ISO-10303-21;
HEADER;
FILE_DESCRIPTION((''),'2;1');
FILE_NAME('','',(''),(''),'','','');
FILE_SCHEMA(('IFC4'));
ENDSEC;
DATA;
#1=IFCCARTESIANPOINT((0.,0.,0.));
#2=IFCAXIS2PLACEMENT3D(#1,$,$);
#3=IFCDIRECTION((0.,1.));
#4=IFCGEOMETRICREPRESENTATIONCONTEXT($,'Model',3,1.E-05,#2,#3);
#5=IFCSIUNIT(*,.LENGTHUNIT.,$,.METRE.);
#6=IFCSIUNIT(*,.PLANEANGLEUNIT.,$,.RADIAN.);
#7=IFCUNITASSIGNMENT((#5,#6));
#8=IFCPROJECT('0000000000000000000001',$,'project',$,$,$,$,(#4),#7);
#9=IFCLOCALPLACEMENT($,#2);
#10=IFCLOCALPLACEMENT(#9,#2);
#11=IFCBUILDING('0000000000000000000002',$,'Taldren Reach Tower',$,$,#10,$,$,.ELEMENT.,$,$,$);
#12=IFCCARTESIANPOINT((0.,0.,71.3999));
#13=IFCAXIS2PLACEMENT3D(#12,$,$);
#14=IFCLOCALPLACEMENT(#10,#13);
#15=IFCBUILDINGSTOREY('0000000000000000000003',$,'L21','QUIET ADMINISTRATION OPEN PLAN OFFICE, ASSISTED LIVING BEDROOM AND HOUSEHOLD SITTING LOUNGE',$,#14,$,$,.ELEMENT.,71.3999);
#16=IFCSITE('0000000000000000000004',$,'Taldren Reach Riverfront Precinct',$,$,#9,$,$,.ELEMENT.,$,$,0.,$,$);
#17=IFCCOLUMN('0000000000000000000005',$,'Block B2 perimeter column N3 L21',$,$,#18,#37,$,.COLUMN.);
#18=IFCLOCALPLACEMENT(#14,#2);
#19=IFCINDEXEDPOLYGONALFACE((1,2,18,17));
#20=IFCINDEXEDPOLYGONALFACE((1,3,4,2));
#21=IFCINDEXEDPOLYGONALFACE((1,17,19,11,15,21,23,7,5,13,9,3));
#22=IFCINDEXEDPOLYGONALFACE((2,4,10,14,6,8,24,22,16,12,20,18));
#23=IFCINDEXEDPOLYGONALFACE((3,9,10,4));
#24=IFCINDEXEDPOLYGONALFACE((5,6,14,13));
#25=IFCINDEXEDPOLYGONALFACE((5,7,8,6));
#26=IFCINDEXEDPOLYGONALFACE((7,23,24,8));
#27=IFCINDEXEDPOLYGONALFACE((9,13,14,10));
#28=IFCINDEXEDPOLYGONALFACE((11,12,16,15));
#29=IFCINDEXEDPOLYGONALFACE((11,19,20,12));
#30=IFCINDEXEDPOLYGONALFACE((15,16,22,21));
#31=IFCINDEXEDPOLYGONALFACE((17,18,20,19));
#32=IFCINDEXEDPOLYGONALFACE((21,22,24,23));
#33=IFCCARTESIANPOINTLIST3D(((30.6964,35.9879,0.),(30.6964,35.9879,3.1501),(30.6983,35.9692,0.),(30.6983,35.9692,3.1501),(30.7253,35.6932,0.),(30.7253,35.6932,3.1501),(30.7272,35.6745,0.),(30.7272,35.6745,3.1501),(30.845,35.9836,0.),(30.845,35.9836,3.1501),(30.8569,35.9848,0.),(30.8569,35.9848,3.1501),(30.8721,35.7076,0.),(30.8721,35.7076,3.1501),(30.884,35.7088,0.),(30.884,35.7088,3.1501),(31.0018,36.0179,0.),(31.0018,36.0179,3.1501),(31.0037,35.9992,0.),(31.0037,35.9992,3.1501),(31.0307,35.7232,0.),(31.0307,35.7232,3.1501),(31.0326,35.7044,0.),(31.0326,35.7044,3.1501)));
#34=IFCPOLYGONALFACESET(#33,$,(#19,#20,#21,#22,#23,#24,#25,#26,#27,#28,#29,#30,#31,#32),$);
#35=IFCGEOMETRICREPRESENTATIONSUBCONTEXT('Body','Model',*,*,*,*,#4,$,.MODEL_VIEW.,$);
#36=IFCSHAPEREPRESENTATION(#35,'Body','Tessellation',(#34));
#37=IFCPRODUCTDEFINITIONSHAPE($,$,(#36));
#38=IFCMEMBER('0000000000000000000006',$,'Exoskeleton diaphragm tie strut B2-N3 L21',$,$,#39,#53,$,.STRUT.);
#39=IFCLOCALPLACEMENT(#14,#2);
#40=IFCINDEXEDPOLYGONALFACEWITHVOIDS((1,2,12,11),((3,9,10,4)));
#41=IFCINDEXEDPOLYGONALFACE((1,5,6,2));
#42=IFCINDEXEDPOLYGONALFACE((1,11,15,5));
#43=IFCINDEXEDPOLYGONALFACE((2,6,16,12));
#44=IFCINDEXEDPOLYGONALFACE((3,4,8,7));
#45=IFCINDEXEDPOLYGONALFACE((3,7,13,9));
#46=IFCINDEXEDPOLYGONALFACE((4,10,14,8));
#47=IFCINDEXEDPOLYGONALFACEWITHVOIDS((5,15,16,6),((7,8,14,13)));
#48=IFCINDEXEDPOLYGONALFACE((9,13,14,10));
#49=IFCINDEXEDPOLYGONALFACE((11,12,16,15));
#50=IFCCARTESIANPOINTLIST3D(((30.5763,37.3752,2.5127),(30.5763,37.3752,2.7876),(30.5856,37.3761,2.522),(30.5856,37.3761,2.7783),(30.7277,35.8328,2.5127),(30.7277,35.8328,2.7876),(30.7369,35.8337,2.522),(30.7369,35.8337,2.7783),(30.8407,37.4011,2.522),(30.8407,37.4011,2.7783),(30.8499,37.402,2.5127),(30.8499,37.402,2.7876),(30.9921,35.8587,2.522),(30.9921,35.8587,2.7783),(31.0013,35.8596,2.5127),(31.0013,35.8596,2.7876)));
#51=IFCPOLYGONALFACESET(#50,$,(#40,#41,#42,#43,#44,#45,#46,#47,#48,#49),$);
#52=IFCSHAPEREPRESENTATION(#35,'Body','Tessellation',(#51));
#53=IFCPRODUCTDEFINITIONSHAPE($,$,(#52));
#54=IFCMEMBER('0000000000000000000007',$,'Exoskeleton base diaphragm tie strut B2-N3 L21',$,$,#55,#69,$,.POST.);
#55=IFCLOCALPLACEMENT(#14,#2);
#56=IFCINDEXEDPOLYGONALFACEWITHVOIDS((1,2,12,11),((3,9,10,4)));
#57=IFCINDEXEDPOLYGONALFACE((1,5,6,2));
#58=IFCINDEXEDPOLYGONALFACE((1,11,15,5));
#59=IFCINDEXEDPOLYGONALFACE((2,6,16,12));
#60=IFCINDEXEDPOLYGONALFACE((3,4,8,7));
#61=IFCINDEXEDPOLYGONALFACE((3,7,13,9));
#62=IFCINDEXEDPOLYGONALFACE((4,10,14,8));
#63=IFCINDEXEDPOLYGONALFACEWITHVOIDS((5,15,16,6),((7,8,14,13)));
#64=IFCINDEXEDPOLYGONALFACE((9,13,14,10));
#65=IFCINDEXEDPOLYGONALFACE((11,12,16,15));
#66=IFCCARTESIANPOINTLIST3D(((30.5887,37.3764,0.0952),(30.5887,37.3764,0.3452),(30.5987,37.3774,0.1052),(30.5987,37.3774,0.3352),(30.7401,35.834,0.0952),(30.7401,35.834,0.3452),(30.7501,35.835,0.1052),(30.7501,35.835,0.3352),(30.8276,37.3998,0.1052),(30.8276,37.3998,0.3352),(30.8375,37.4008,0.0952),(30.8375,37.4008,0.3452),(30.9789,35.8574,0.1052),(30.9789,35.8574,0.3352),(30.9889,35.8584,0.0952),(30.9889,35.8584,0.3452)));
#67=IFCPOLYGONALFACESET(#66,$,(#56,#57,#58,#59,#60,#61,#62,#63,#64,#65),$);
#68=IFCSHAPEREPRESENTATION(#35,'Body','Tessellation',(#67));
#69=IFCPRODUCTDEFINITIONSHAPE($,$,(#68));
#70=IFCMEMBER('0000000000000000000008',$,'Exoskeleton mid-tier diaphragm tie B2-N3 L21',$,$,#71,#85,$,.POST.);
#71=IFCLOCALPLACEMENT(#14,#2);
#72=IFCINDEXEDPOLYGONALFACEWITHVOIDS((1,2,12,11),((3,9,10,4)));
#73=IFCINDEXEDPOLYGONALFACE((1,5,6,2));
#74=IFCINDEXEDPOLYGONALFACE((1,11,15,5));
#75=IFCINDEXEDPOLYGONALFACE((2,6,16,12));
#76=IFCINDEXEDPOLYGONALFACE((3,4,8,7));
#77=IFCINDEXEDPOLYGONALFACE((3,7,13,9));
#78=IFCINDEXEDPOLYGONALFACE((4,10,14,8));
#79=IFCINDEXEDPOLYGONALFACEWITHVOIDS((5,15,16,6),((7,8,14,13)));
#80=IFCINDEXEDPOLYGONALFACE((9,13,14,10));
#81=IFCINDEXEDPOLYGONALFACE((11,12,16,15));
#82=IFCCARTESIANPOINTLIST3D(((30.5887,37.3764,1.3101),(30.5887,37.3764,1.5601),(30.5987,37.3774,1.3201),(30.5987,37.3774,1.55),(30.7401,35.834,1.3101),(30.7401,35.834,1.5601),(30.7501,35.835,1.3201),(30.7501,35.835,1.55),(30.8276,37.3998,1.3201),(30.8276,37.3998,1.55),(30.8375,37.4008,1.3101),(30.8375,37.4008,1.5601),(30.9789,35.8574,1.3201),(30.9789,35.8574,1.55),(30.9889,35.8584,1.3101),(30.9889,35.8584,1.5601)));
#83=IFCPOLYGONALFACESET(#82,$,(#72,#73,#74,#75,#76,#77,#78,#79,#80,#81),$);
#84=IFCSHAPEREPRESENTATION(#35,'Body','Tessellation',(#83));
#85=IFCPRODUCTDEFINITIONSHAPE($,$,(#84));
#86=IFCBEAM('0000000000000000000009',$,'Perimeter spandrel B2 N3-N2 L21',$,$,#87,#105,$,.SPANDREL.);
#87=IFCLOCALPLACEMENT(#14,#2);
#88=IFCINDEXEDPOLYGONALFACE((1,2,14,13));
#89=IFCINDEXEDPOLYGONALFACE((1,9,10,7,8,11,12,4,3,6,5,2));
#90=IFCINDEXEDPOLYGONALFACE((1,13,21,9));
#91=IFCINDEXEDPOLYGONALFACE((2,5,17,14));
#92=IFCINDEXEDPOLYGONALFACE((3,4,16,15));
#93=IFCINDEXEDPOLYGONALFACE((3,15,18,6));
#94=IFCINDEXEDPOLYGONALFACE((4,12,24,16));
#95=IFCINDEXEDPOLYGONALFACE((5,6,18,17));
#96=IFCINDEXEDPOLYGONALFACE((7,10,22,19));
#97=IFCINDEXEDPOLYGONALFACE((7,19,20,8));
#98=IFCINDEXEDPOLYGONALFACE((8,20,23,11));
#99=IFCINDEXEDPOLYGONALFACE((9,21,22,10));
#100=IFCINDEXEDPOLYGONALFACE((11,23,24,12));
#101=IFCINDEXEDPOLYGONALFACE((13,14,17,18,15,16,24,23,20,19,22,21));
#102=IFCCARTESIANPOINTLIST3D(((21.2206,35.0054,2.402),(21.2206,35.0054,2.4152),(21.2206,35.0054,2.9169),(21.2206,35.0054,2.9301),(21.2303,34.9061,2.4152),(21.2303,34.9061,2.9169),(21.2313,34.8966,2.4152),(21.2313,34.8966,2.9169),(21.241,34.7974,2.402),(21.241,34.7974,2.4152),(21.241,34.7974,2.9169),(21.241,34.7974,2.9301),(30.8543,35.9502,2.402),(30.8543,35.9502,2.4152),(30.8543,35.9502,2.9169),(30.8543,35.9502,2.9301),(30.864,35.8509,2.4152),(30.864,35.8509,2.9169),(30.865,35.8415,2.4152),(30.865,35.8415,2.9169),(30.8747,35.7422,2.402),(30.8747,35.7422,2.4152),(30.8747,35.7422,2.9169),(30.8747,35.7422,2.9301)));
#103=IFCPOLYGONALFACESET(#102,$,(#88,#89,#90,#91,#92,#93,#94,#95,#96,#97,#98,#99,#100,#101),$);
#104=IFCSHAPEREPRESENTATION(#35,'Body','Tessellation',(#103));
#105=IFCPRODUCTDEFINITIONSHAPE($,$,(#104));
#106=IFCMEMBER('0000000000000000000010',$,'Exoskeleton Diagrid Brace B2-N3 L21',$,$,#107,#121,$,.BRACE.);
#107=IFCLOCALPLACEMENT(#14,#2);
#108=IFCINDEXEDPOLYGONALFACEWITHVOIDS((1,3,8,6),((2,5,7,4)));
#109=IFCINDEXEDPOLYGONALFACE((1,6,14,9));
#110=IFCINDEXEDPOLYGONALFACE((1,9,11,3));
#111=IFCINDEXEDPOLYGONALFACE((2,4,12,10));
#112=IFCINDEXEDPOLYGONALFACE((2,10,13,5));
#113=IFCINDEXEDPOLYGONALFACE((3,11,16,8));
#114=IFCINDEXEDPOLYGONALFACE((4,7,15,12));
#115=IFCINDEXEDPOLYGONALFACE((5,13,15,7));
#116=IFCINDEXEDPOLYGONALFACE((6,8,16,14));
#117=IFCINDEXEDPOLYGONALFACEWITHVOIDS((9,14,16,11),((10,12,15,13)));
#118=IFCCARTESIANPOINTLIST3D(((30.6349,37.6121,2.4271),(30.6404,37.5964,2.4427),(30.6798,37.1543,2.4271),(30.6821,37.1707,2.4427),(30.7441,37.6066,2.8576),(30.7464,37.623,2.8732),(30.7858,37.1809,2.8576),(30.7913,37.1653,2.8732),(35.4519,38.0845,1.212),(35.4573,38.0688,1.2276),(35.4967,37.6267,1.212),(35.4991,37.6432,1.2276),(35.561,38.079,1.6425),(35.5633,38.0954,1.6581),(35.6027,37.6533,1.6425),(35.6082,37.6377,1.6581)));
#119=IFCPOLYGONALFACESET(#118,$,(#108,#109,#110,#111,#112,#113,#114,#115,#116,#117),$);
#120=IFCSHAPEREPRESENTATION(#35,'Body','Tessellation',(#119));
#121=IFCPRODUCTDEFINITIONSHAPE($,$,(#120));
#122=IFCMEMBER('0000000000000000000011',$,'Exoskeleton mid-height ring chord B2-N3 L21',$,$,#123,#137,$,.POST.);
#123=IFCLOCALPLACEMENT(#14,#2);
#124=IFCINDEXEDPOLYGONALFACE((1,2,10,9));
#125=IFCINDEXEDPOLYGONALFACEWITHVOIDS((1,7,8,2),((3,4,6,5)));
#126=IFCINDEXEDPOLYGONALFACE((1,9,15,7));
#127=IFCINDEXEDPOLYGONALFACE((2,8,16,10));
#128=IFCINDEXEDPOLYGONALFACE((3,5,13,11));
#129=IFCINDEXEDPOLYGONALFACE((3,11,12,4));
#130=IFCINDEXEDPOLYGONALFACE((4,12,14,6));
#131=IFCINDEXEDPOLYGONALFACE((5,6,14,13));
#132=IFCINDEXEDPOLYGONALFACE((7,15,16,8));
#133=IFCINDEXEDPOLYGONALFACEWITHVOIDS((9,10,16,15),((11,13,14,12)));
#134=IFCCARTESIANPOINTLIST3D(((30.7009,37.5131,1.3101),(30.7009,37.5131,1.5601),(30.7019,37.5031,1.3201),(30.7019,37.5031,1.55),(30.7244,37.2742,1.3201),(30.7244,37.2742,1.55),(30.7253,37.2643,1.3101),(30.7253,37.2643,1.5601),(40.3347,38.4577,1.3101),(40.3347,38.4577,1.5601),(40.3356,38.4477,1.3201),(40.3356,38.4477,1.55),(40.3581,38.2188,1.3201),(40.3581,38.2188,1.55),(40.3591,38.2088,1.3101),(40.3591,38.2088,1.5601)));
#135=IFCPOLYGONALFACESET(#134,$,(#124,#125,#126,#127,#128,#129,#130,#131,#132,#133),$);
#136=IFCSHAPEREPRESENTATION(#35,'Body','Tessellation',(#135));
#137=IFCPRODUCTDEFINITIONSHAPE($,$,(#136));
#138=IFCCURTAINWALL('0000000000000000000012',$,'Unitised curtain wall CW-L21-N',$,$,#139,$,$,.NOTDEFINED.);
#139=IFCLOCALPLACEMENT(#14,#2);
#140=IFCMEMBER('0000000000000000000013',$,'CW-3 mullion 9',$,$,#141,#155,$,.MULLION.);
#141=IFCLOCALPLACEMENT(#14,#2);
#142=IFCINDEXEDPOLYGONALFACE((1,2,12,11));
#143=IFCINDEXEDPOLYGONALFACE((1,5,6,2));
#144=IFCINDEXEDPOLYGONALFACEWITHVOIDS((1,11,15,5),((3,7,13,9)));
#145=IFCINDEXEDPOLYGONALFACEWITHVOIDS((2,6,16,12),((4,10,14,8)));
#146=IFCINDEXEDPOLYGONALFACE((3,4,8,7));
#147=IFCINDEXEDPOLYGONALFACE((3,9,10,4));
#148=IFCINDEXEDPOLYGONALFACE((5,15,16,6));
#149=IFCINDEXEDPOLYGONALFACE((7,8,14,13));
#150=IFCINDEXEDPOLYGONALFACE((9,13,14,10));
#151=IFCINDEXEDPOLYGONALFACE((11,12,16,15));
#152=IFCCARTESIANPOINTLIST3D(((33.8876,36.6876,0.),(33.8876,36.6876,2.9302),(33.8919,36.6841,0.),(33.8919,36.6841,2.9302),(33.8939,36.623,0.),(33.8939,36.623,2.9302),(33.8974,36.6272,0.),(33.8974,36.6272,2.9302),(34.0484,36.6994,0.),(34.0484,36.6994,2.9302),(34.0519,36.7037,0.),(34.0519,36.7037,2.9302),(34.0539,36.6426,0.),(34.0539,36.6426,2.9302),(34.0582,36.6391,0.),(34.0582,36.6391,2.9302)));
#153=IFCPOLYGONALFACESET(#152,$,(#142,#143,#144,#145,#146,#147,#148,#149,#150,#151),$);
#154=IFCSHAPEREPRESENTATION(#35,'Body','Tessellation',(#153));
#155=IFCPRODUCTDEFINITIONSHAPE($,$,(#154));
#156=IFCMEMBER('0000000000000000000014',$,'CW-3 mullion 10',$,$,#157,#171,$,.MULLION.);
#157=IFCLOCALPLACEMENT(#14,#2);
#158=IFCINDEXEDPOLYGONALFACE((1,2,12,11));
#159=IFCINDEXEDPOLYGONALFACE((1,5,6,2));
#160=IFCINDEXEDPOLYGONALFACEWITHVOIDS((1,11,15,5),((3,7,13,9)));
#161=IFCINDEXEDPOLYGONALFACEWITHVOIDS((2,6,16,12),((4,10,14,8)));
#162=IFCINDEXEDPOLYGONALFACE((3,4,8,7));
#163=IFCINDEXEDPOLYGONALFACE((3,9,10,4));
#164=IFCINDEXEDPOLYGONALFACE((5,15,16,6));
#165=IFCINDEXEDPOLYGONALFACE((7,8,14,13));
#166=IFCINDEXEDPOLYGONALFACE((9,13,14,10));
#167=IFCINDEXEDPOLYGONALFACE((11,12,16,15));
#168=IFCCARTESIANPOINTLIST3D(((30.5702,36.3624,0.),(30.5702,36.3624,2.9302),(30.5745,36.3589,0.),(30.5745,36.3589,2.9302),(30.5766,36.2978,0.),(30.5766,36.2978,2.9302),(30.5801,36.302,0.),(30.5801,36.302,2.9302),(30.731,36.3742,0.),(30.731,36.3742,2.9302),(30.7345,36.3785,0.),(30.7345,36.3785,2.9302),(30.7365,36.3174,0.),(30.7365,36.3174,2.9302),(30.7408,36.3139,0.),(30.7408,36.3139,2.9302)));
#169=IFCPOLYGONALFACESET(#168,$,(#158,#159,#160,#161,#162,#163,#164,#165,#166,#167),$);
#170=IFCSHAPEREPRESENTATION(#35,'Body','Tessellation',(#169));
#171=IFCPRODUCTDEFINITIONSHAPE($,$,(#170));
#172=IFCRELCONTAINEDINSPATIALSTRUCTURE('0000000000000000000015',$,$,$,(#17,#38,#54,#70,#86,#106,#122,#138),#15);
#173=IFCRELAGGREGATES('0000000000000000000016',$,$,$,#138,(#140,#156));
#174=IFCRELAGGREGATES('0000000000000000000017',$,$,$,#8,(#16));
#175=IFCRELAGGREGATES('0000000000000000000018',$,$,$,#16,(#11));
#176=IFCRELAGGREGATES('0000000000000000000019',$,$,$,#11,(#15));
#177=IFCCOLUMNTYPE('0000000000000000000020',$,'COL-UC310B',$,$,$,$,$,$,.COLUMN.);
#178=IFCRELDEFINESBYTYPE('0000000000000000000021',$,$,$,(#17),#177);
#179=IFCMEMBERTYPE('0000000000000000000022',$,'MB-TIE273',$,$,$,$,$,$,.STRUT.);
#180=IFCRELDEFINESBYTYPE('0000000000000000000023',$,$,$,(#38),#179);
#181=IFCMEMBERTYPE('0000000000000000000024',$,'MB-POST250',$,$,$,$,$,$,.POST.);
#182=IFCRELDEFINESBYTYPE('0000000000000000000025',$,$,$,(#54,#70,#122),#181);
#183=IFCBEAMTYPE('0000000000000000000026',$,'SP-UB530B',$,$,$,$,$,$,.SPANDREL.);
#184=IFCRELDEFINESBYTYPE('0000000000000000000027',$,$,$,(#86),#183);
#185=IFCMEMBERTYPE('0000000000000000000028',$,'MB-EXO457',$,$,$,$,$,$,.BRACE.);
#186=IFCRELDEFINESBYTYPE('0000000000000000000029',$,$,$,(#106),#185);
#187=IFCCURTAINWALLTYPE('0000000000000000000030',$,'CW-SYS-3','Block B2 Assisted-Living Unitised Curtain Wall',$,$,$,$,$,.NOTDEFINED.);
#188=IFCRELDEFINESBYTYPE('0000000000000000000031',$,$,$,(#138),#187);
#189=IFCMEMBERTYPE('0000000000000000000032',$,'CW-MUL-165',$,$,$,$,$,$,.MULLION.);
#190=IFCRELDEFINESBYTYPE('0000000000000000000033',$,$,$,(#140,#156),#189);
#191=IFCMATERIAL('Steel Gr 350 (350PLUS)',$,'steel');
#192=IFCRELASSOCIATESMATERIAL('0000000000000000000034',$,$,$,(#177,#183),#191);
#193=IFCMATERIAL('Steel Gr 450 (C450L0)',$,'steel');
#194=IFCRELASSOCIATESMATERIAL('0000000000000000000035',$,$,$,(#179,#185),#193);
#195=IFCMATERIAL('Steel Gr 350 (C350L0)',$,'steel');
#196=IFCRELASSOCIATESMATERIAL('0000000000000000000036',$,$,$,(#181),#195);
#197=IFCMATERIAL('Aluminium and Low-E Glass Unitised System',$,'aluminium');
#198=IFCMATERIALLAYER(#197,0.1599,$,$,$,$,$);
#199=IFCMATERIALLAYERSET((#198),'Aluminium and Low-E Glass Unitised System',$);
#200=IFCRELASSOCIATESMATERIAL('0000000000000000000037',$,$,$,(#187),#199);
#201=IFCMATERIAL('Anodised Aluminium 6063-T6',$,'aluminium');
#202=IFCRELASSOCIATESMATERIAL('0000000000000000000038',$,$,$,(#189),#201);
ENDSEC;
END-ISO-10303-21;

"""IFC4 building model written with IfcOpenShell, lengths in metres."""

from ifc_helpers import new_model, si_unit, direction, frame, origin, origin_2d, place, context, subcontext, project, spatial, hollow_rectangle, i_section, extrude, source, transform, mapped, material, layer, layer_set, material_profile, profile_set, type_object, element, aggregate, save


model = new_model("IFC4")

# Units and contexts
model_context = context("Model", 3, precision=1e-05, world=origin(), true_north=direction((0.0, 1.0)))
body_context = subcontext(model_context, "Body", "Model", "MODEL_VIEW")
ifc_project = project(units=[si_unit("LENGTHUNIT", "METRE"), si_unit("PLANEANGLEUNIT", "RADIAN")], contexts=[model_context])

# Site, building, storey
site_placement = place(None, origin())
site = spatial("IfcSite", under=ifc_project, at=site_placement, Name="Taldren Reach Riverfront Precinct", CompositionType="ELEMENT", RefElevation=0.0)
building_placement = place(site_placement, origin())
building = spatial("IfcBuilding", under=site, at=building_placement, Name="Taldren Reach Tower", CompositionType="ELEMENT")
storey_placement = place(building_placement, frame((0.0, 0.0, 71.3999)))
storey = spatial("IfcBuildingStorey", under=building, at=storey_placement, Name="L21", Description="QUIET ADMINISTRATION OPEN PLAN OFFICE, ASSISTED LIVING BEDROOM AND HOUSEHOLD SITTING LOUNGE", CompositionType="ELEMENT", Elevation=71.3999)

# Column
ifc_material_1 = material(Name="Steel Gr 350 (350PLUS)", Category="steel")
ifc_material_profile_1 = material_profile(ifc_material_1, i_section(OverallWidth=0.3069, OverallDepth=0.3149, WebThickness=0.012, FlangeThickness=0.0188, at=origin_2d()), Name="310UC118")
ifc_profile_set_1 = profile_set([ifc_material_profile_1], Name="Steel Gr 350 (350PLUS)")
column_type = type_object("IfcColumnType", Name="COL-UC310B", PredefinedType="COLUMN", material=ifc_profile_set_1)
shared_shape_1 = source(origin(), body_context, "Body", "SweptSolid", [
    extrude(i_section(OverallWidth=0.3069, OverallDepth=0.3149, WebThickness=0.012, FlangeThickness=0.0188, at=origin_2d()), origin(), (0.0, 0.0, 1.0), 3.1501),
])
column_placement = place(storey_placement, frame((30.8645, 35.8462, 0.0), z_axis=(0.0, 0.0, 1.0), x_axis=(0.995227, 0.097583, 0.0)))
element("IfcColumn", 1, at=column_placement, inside=storey, type_object=column_type, Name="Block B2 perimeter column N3 L21", PredefinedType="COLUMN", context=body_context, shape_type="MappedRepresentation", body=[
    mapped(shared_shape_1, transform((0.0, 0.0, 0.0), scale=1.0)),
])

# Members
ifc_material_2 = material(Name="Steel Gr 450 (C450L0)", Category="steel")
ifc_material_profile_2 = material_profile(ifc_material_2, hollow_rectangle(XDim=0.2749, YDim=0.2749, WallThickness=0.0093, at=origin_2d()), Name="275x275x9.3SHS")
ifc_profile_set_2 = profile_set([ifc_material_profile_2], Name="Steel Gr 450 (C450L0)")
member_type_1 = type_object("IfcMemberType", Name="MB-TIE273", PredefinedType="STRUT", material=ifc_profile_set_2)
shared_shape_2 = source(origin(), body_context, "Body", "SweptSolid", [
    extrude(hollow_rectangle(XDim=0.2749, YDim=0.2749, WallThickness=0.0093, at=origin_2d()), origin(), (0.0, 0.0, 1.0), 1.5498),
])
member_1_placement = place(storey_placement, frame((30.8645, 35.8462, 2.6501), z_axis=(-0.097663, 0.99522, 0.0), x_axis=(-0.99522, -0.097663, 0.0)))
element("IfcMember", 2, at=member_1_placement, inside=storey, type_object=member_type_1, Name="Exoskeleton diaphragm tie strut B2-N3 L21", PredefinedType="STRUT", context=body_context, shape_type="MappedRepresentation", body=[
    mapped(shared_shape_2, transform((0.0, 0.0, 0.0), scale=1.0)),
])
ifc_material_3 = material(Name="Steel Gr 350 (C350L0)", Category="steel")
ifc_material_profile_3 = material_profile(ifc_material_3, hollow_rectangle(XDim=0.25, YDim=0.25, WallThickness=0.01, at=origin_2d()), Name="250x250x10.0SHS")
ifc_profile_set_3 = profile_set([ifc_material_profile_3], Name="Steel Gr 350 (C350L0)")
member_type_2 = type_object("IfcMemberType", Name="MB-POST250", PredefinedType="POST", material=ifc_profile_set_3)
shared_shape_3 = source(origin(), body_context, "Body", "SweptSolid", [
    extrude(hollow_rectangle(XDim=0.25, YDim=0.25, WallThickness=0.01, at=origin_2d()), origin(), (0.0, 0.0, 1.0), 1.5498),
])
for number, where, z_axis, x_axis, name in (
    (3, (30.8645, 35.8462, 0.2202), (-0.097663, 0.99522, 0.0), (-0.99522, -0.097663, 0.0), "Exoskeleton base diaphragm tie strut B2-N3 L21"),
    (4, (30.8645, 35.8462, 1.4351), (-0.097663, 0.99522, 0.0), (-0.99522, -0.097663, 0.0), "Exoskeleton mid-tier diaphragm tie B2-N3 L21"),
):
    element("IfcMember", number, at=place(storey_placement, frame(where, z_axis=z_axis, x_axis=x_axis)), inside=storey, type_object=member_type_2, Name=name, PredefinedType="POST", context=body_context, shape_type="MappedRepresentation", body=[
        mapped(shared_shape_3, transform((0.0, 0.0, 0.0), scale=1.0)),
    ])

# Beam
ifc_material_profile_4 = material_profile(ifc_material_1, i_section(OverallWidth=0.209, OverallDepth=0.5281, WebThickness=0.0095, FlangeThickness=0.0132, at=origin_2d()), Name="530UB82.0")
ifc_profile_set_4 = profile_set([ifc_material_profile_4], Name="Steel Gr 350 (350PLUS)")
beam_type = type_object("IfcBeamType", Name="SP-UB530B", PredefinedType="SPANDREL", material=ifc_profile_set_4)
shared_shape_4 = source(origin(), body_context, "Body", "SweptSolid", [
    extrude(i_section(OverallWidth=0.209, OverallDepth=0.5281, WebThickness=0.0095, FlangeThickness=0.0132, at=origin_2d()), origin(), (0.0, 0.0, 1.0), 9.6799),
])
beam_placement = place(storey_placement, frame((30.8645, 35.8462, 2.666), z_axis=(-0.995225, -0.097606, 0.0), x_axis=(0.097606, -0.995225, 0.0)))
element("IfcBeam", 5, at=beam_placement, inside=storey, type_object=beam_type, Name="Perimeter spandrel B2 N3-N2 L21", PredefinedType="SPANDREL", context=body_context, shape_type="MappedRepresentation", body=[
    mapped(shared_shape_4, transform((0.0, 0.0, 0.0), scale=1.0)),
])

# Members
ifc_material_profile_5 = material_profile(ifc_material_2, hollow_rectangle(XDim=0.46, YDim=0.46, WallThickness=0.0161, at=origin_2d()), Name="460x460x16.0SHS")
ifc_profile_set_5 = profile_set([ifc_material_profile_5], Name="Steel Gr 450 (C450L0)")
member_type_3 = type_object("IfcMemberType", Name="MB-EXO457", PredefinedType="BRACE", material=ifc_profile_set_5)
shared_shape_5 = source(origin(), body_context, "Body", "SweptSolid", [
    extrude(hollow_rectangle(XDim=0.46, YDim=0.46, WallThickness=0.0161, at=origin_2d()), origin(), (0.0, 0.0, 1.0), 4.9902),
])
member_2_placement = place(storey_placement, frame((35.53, 37.8611, 1.4351), z_axis=(-0.965271, -0.094668, 0.243495), x_axis=(0.097606, -0.995225, 0.0)))
element("IfcMember", 6, at=member_2_placement, inside=storey, type_object=member_type_3, Name="Exoskeleton Diagrid Brace B2-N3 L21", PredefinedType="BRACE", context=body_context, shape_type="MappedRepresentation", body=[
    mapped(shared_shape_5, transform((0.0, 0.0, 0.0), scale=1.0)),
])
shared_shape_6 = source(origin(), body_context, "Body", "SweptSolid", [
    extrude(hollow_rectangle(XDim=0.25, YDim=0.25, WallThickness=0.01, at=origin_2d()), origin(), (0.0, 0.0, 1.0), 9.6799),
])
member_3_placement = place(storey_placement, frame((30.7131, 37.3887, 1.4351), z_axis=(0.995228, 0.097581, 0.0), x_axis=(-0.097581, 0.995228, 0.0)))
element("IfcMember", 7, at=member_3_placement, inside=storey, type_object=member_type_2, Name="Exoskeleton mid-height ring chord B2-N3 L21", PredefinedType="POST", context=body_context, shape_type="MappedRepresentation", body=[
    mapped(shared_shape_6, transform((0.0, 0.0, 0.0), scale=1.0)),
])

# Curtain wall, members
ifc_material_4 = material(Name="Aluminium and Low-E Glass Unitised System", Category="aluminium")
ifc_layer_1 = layer(ifc_material_4, 0.1599)
ifc_layer_set_1 = layer_set([ifc_layer_1], Name="Aluminium and Low-E Glass Unitised System")
curtain_wall_type = type_object("IfcCurtainWallType", Name="CW-SYS-3", Description="Block B2 Assisted-Living Unitised Curtain Wall", PredefinedType="NOTDEFINED", material=ifc_layer_set_1)
curtain_wall_placement = place(storey_placement, origin())
curtain_wall = element("IfcCurtainWall", 8, at=curtain_wall_placement, inside=storey, type_object=curtain_wall_type, Name="Unitised curtain wall CW-L21-N", PredefinedType="NOTDEFINED")
ifc_material_5 = material(Name="Anodised Aluminium 6063-T6", Category="aluminium")
ifc_material_profile_6 = material_profile(ifc_material_5, hollow_rectangle(XDim=0.0649, YDim=0.165, WallThickness=0.0039, at=origin_2d()), Name="ALU-165x65x4RHS")
ifc_profile_set_6 = profile_set([ifc_material_profile_6], Name="Anodised Aluminium 6063-T6")
member_type_4 = type_object("IfcMemberType", Name="CW-MUL-165", PredefinedType="MULLION", material=ifc_profile_set_6)
shared_shape_7 = source(origin(), body_context, "Body", "SweptSolid", [
    extrude(hollow_rectangle(XDim=0.0649, YDim=0.165, WallThickness=0.0039, at=origin_2d()), origin(), (0.0, 0.0, 1.0), 2.9302),
])
member_4_placement = place(storey_placement, frame((33.9729, 36.6633, 0.0), z_axis=(0.0, 0.0, 1.0), x_axis=(0.097583, -0.995227, 0.0)))
member_4 = element("IfcMember", 9, at=member_4_placement, type_object=member_type_4, Name="CW-3 mullion 9", PredefinedType="MULLION", context=body_context, shape_type="MappedRepresentation", body=[
    mapped(shared_shape_7, transform((0.0, 0.0, 0.0), scale=1.0)),
])
member_5_placement = place(storey_placement, frame((30.6555, 36.3381, 0.0), z_axis=(0.0, 0.0, 1.0), x_axis=(0.097583, -0.995227, 0.0)))
member_5 = element("IfcMember", 10, at=member_5_placement, type_object=member_type_4, Name="CW-3 mullion 10", PredefinedType="MULLION", context=body_context, shape_type="MappedRepresentation", body=[
    mapped(shared_shape_7, transform((0.0, 0.0, 0.0), scale=1.0)),
])

aggregate(curtain_wall, [member_4, member_5])

save(model, "model.ifc")
